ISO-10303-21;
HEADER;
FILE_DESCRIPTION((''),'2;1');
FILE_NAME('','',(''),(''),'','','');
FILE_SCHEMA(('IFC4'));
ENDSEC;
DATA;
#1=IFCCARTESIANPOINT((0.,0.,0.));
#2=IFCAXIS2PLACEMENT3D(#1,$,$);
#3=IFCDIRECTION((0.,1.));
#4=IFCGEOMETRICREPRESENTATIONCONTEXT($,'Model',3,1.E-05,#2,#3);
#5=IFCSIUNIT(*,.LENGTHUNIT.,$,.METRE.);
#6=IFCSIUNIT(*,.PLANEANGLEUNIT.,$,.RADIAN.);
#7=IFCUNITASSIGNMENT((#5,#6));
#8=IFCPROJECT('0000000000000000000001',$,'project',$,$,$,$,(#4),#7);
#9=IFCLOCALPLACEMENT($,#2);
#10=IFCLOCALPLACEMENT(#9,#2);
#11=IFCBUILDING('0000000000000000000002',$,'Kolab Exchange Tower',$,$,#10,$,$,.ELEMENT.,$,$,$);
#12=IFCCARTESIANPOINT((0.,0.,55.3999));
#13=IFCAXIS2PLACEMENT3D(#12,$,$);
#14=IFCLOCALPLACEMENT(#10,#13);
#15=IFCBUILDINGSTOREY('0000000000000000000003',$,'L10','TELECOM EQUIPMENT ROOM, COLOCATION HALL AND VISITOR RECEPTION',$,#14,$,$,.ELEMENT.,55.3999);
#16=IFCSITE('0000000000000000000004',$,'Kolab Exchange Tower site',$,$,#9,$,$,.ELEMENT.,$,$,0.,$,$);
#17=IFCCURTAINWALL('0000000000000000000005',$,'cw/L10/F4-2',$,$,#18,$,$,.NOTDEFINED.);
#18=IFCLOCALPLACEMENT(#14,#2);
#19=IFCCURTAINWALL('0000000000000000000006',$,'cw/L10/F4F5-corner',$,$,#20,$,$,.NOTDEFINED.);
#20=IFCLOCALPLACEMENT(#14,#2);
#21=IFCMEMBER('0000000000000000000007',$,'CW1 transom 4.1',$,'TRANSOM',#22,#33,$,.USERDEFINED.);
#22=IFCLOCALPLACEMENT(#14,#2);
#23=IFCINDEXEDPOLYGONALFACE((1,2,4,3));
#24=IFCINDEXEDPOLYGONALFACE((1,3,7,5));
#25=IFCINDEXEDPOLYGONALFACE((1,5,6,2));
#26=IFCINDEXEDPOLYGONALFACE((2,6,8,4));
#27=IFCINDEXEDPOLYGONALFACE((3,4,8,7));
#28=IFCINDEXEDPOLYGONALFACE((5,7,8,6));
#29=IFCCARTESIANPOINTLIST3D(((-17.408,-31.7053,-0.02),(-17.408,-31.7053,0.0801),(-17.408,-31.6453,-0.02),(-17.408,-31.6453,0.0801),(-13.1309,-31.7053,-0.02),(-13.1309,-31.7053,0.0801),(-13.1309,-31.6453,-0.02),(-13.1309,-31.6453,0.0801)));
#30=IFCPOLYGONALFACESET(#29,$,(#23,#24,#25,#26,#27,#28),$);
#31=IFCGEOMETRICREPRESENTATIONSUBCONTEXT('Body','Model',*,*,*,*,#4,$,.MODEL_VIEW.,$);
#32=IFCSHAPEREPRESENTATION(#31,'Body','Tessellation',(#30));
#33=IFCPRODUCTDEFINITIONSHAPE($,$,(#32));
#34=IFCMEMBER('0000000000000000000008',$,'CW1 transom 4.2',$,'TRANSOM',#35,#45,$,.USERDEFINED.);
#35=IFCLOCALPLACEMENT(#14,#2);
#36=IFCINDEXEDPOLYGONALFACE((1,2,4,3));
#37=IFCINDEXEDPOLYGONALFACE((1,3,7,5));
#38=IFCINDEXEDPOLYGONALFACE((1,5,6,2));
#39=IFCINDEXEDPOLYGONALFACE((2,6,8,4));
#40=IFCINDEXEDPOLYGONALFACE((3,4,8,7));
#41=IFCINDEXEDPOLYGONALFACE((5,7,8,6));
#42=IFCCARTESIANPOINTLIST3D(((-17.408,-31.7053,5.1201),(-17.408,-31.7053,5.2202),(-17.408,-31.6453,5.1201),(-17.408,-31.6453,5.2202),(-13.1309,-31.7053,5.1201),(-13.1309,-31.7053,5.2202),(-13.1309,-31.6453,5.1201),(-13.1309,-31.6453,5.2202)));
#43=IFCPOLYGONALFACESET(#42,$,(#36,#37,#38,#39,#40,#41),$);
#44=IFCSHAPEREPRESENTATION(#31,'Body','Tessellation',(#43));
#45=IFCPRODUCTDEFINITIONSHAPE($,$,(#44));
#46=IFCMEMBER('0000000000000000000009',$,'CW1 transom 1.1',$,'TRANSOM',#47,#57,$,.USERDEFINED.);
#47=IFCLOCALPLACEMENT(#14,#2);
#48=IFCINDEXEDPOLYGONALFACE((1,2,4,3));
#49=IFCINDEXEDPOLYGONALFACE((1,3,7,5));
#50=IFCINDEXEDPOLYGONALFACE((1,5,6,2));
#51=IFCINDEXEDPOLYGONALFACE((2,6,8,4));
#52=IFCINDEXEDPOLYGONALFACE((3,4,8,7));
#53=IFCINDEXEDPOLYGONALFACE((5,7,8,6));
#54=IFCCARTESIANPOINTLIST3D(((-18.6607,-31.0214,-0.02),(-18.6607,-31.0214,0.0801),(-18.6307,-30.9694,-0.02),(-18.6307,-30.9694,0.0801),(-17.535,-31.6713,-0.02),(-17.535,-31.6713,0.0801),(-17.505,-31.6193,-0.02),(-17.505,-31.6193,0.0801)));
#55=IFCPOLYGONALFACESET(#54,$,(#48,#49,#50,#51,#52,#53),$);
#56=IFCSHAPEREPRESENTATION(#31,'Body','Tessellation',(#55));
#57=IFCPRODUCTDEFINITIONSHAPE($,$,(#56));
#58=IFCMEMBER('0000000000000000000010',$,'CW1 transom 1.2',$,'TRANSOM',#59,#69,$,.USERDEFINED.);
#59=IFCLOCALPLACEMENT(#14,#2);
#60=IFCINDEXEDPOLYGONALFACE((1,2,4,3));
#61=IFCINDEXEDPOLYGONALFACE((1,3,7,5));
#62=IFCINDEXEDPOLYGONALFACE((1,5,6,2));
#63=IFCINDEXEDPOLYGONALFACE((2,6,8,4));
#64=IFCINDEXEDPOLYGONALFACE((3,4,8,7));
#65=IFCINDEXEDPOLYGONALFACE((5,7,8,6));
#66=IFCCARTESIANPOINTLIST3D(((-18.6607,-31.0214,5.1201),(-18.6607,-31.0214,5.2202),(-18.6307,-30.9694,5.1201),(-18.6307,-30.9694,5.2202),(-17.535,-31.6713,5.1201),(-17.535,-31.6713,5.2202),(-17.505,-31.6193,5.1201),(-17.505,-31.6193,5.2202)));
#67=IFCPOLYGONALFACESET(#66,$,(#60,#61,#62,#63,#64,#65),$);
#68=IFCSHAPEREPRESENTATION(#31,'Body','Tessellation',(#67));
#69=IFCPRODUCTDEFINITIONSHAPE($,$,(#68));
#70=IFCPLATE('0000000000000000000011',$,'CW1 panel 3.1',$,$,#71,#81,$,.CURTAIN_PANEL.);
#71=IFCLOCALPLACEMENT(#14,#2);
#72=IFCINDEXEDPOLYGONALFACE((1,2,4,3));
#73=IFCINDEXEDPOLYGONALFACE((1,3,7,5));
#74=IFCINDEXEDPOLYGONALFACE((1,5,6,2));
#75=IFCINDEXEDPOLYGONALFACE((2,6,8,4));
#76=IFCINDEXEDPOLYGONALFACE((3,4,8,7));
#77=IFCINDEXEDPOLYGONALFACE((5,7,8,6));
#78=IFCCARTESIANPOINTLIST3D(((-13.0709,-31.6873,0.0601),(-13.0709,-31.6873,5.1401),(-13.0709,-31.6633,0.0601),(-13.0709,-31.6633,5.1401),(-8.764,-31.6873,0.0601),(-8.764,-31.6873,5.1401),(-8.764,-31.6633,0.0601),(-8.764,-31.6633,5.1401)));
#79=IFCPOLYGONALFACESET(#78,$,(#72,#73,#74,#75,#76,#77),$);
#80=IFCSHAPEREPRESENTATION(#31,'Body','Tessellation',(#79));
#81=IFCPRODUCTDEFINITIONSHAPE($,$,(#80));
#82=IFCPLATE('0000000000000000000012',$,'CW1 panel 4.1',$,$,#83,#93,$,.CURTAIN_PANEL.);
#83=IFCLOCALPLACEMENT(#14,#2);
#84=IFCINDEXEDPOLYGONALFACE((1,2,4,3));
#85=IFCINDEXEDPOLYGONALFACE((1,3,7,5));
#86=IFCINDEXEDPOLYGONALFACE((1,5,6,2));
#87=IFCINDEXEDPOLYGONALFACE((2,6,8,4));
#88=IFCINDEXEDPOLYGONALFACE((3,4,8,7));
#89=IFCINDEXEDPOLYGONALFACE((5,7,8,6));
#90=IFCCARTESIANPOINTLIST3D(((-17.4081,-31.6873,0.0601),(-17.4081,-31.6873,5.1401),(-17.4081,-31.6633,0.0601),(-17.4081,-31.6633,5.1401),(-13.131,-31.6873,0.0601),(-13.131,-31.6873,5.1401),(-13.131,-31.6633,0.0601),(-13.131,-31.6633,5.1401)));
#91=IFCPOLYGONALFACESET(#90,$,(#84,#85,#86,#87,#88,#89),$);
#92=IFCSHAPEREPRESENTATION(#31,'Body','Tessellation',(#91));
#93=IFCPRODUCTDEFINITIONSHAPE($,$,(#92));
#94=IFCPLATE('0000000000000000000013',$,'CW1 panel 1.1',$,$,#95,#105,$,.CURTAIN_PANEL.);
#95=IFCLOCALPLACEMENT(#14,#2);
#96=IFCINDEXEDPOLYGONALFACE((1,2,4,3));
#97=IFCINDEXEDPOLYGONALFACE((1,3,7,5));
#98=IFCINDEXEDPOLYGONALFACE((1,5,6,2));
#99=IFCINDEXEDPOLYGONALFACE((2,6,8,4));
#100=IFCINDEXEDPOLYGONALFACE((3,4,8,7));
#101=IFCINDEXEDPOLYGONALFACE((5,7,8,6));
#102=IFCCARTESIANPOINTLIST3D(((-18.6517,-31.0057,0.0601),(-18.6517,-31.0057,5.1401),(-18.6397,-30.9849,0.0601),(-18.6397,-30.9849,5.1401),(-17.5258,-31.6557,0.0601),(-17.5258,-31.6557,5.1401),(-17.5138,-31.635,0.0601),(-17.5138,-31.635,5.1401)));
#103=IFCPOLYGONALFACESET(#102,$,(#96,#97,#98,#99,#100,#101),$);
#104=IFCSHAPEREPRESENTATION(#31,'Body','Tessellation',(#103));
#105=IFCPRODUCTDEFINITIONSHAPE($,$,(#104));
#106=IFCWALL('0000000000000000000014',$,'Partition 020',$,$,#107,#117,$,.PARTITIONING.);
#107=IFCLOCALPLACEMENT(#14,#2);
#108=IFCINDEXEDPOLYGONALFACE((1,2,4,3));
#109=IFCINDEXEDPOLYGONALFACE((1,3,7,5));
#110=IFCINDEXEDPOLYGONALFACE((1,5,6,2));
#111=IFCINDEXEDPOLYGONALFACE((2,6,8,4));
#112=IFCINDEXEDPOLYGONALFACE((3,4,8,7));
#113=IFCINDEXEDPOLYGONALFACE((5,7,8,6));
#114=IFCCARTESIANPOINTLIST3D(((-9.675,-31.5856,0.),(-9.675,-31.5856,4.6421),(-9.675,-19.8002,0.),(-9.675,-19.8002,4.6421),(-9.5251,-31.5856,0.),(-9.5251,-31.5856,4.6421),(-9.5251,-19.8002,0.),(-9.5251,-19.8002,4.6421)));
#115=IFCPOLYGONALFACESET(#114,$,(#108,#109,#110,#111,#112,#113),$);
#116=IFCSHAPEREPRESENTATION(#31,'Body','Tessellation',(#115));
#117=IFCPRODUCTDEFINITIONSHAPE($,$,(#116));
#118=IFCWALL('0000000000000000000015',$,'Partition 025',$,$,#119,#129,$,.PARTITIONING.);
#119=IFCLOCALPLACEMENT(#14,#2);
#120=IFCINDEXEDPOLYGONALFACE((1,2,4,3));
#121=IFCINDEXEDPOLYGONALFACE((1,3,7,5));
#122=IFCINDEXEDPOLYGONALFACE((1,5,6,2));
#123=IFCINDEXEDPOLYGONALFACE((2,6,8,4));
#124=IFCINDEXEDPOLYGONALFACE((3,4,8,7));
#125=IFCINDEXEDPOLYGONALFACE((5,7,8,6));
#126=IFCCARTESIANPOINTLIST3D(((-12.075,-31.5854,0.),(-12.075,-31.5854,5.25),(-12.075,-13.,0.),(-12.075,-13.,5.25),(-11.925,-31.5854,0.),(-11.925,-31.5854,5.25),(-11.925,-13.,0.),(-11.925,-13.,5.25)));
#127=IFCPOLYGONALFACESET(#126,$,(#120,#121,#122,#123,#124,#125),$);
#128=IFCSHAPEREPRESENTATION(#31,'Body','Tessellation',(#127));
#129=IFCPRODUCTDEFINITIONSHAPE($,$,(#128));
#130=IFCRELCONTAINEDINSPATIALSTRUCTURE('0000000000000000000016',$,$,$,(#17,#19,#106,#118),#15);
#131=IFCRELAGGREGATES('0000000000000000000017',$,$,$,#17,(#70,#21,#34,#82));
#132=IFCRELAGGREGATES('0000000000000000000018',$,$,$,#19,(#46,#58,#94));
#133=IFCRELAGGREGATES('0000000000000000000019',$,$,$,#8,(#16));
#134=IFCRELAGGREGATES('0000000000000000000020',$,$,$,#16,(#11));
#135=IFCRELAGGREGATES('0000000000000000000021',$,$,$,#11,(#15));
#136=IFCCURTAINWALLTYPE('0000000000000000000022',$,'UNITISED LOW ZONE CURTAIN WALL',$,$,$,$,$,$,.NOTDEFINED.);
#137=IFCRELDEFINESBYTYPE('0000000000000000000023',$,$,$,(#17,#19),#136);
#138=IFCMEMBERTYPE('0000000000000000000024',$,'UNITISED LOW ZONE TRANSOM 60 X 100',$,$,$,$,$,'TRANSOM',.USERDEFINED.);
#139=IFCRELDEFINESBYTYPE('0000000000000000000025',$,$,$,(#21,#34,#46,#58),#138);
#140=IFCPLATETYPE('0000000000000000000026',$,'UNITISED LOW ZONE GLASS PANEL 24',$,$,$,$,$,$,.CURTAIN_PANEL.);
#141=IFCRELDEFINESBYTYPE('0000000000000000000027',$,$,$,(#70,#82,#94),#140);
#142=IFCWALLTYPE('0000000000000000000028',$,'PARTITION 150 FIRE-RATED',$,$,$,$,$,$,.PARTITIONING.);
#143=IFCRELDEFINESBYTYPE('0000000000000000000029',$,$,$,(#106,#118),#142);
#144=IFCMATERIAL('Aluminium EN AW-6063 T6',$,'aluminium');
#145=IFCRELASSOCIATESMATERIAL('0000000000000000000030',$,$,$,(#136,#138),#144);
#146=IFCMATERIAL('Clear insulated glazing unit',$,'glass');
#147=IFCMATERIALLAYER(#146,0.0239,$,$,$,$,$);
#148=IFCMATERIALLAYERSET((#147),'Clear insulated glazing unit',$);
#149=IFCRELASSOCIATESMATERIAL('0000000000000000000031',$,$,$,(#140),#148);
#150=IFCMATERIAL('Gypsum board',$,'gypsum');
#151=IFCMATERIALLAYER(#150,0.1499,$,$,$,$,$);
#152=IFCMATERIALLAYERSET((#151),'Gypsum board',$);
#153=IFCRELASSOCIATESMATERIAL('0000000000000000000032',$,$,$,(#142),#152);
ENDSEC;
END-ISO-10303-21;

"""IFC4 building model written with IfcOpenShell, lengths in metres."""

from ifc_helpers import new_model, si_unit, direction, frame, frame_2d, origin, origin_2d, place, context, subcontext, project, spatial, rectangle, extrude, material, layer, layer_set, material_profile, profile_set, type_object, element, aggregate, save


model = new_model("IFC4")

# Units and contexts
model_context = context("Model", 3, precision=1e-05, world=origin(), true_north=direction((0.0, 1.0)))
body_context = subcontext(model_context, "Body", "Model", "MODEL_VIEW")
ifc_project = project(units=[si_unit("LENGTHUNIT", "METRE"), si_unit("PLANEANGLEUNIT", "RADIAN")], contexts=[model_context])

# Site, building, storey
site_placement = place(None, origin())
site = spatial("IfcSite", under=ifc_project, at=site_placement, Name="Kolab Exchange Tower site", CompositionType="ELEMENT", RefElevation=0.0)
building_placement = place(site_placement, origin())
building = spatial("IfcBuilding", under=site, at=building_placement, Name="Kolab Exchange Tower", CompositionType="ELEMENT")
storey_placement = place(building_placement, frame((0.0, 0.0, 55.3999)))
storey = spatial("IfcBuildingStorey", under=building, at=storey_placement, Name="L10", Description="TELECOM EQUIPMENT ROOM, COLOCATION HALL AND VISITOR RECEPTION", CompositionType="ELEMENT", Elevation=55.3999)

# Curtain wall
ifc_material_1 = material(Name="Aluminium EN AW-6063 T6", Category="aluminium")
curtain_wall_type = type_object("IfcCurtainWallType", Name="UNITISED LOW ZONE CURTAIN WALL", PredefinedType="NOTDEFINED", material=ifc_material_1)
curtain_wall_1_placement = place(storey_placement, origin())
curtain_wall_1 = element("IfcCurtainWall", 1, at=curtain_wall_1_placement, inside=storey, type_object=curtain_wall_type, Name="cw/L10/F4-2", PredefinedType="NOTDEFINED")

# Curtain wall
curtain_wall_2_placement = place(storey_placement, origin())
curtain_wall_2 = element("IfcCurtainWall", 2, at=curtain_wall_2_placement, inside=storey, type_object=curtain_wall_type, Name="cw/L10/F4F5-corner", PredefinedType="NOTDEFINED")

# Members
ifc_material_profile_1 = material_profile(ifc_material_1, rectangle(XDim=0.0601, YDim=0.1001, at=origin_2d()), Name="RECT 60X100")
ifc_profile_set_1 = profile_set([ifc_material_profile_1], Name="Aluminium EN AW-6063 T6")
member_type_1 = type_object("IfcMemberType", Name="UNITISED LOW ZONE TRANSOM 60 X 100", ElementType="TRANSOM", PredefinedType="USERDEFINED", material=ifc_profile_set_1)
member_1_placement = place(storey_placement, frame((-13.1309, -31.6753, 0.03), z_axis=(-1.0, 0.0, 0.0), x_axis=(0.0, -1.0, 0.0)))
member_1 = element("IfcMember", 3, at=member_1_placement, type_object=member_type_1, Name="CW1 transom 4.1", ObjectType="TRANSOM", PredefinedType="USERDEFINED", context=body_context, shape_type="SweptSolid", body=[
    extrude(rectangle(XDim=0.0601, YDim=0.1001, at=origin_2d()), origin(), (0.0, 0.0, 1.0), 4.2771),
])
member_2_placement = place(storey_placement, frame((-13.1309, -31.6753, 5.1702), z_axis=(-1.0, 0.0, 0.0), x_axis=(0.0, -1.0, 0.0)))
member_2 = element("IfcMember", 4, at=member_2_placement, type_object=member_type_1, Name="CW1 transom 4.2", ObjectType="TRANSOM", PredefinedType="USERDEFINED", context=body_context, shape_type="SweptSolid", body=[
    extrude(rectangle(XDim=0.0601, YDim=0.1001, at=origin_2d()), origin(), (0.0, 0.0, 1.0), 4.2771),
])
member_3_placement = place(storey_placement, frame((-17.52, -31.6453, 0.03), z_axis=(-0.866039, 0.499977, 0.0), x_axis=(-0.499977, -0.866039, 0.0)))
member_3 = element("IfcMember", 5, at=member_3_placement, type_object=member_type_1, Name="CW1 transom 1.1", ObjectType="TRANSOM", PredefinedType="USERDEFINED", context=body_context, shape_type="SweptSolid", body=[
    extrude(rectangle(XDim=0.0601, YDim=0.1001, at=origin_2d()), origin(), (0.0, 0.0, 1.0), 1.2998),
])
member_4_placement = place(storey_placement, frame((-17.52, -31.6453, 5.1702), z_axis=(-0.866039, 0.499977, 0.0), x_axis=(-0.499977, -0.866039, 0.0)))
member_4 = element("IfcMember", 6, at=member_4_placement, type_object=member_type_1, Name="CW1 transom 1.2", ObjectType="TRANSOM", PredefinedType="USERDEFINED", context=body_context, shape_type="SweptSolid", body=[
    extrude(rectangle(XDim=0.0601, YDim=0.1001, at=origin_2d()), origin(), (0.0, 0.0, 1.0), 1.2998),
])

# Plates
ifc_material_2 = material(Name="Clear insulated glazing unit", Category="glass")
ifc_layer_1 = layer(ifc_material_2, 0.0239)
ifc_layer_set_1 = layer_set([ifc_layer_1], Name="Clear insulated glazing unit")
plate_type = type_object("IfcPlateType", Name="UNITISED LOW ZONE GLASS PANEL 24", PredefinedType="CURTAIN_PANEL", material=ifc_layer_set_1)
plate_1_placement = place(storey_placement, frame((-10.9175, -31.6753, 0.0601), z_axis=(0.0, 0.0, 1.0), x_axis=(-1.0, 0.0, 0.0)))
plate_1 = element("IfcPlate", 7, at=plate_1_placement, type_object=plate_type, Name="CW1 panel 3.1", PredefinedType="CURTAIN_PANEL", context=body_context, shape_type="SweptSolid", body=[
    extrude(rectangle(XDim=4.3069, YDim=0.0239, at=origin_2d()), origin(), (0.0, 0.0, 1.0), 5.0801),
])
plate_2_placement = place(storey_placement, frame((-15.2695, -31.6753, 0.0601), z_axis=(0.0, 0.0, 1.0), x_axis=(-1.0, 0.0, 0.0)))
plate_2 = element("IfcPlate", 8, at=plate_2_placement, type_object=plate_type, Name="CW1 panel 4.1", PredefinedType="CURTAIN_PANEL", context=body_context, shape_type="SweptSolid", body=[
    extrude(rectangle(XDim=4.2771, YDim=0.0239, at=origin_2d()), origin(), (0.0, 0.0, 1.0), 5.0801),
])
aggregate(curtain_wall_1, [plate_1, member_1, member_2, plate_2])
plate_3_placement = place(storey_placement, frame((-18.0828, -31.3203, 0.0601), z_axis=(0.0, 0.0, 1.0), x_axis=(-0.866025, 0.5, 0.0)))
plate_3 = element("IfcPlate", 9, at=plate_3_placement, type_object=plate_type, Name="CW1 panel 1.1", PredefinedType="CURTAIN_PANEL", context=body_context, shape_type="SweptSolid", body=[
    extrude(rectangle(XDim=1.3, YDim=0.0239, at=origin_2d()), origin(), (0.0, 0.0, 1.0), 5.0801),
])
aggregate(curtain_wall_2, [member_3, member_4, plate_3])

# Walls
ifc_material_3 = material(Name="Gypsum board", Category="gypsum")
ifc_layer_2 = layer(ifc_material_3, 0.1499)
ifc_layer_set_2 = layer_set([ifc_layer_2], Name="Gypsum board")
wall_type = type_object("IfcWallType", Name="PARTITION 150 FIRE-RATED", PredefinedType="PARTITIONING", material=ifc_layer_set_2)
wall_1_placement = place(storey_placement, frame((-9.6001, -31.5854, 0.0), z_axis=(0.0, 0.0, 1.0), x_axis=(0.0, 1.0, 0.0)))
element("IfcWall", 10, at=wall_1_placement, inside=storey, type_object=wall_type, Name="Partition 020", PredefinedType="PARTITIONING", context=body_context, shape_type="SweptSolid", body=[
    extrude(rectangle(XDim=11.7854, YDim=0.1499, at=frame_2d((5.8926, 0.0))), origin(), (0.0, 0.0, 1.0), 4.6421),
])
wall_2_placement = place(storey_placement, frame((-12.0, -31.5854, 0.0), z_axis=(0.0, 0.0, 1.0), x_axis=(0.0, 1.0, 0.0)))
element("IfcWall", 11, at=wall_2_placement, inside=storey, type_object=wall_type, Name="Partition 025", PredefinedType="PARTITIONING", context=body_context, shape_type="SweptSolid", body=[
    extrude(rectangle(XDim=18.5854, YDim=0.1499, at=frame_2d((9.2927, 0.0))), origin(), (0.0, 0.0, 1.0), 5.25),
])

save(model, "model.ifc")
